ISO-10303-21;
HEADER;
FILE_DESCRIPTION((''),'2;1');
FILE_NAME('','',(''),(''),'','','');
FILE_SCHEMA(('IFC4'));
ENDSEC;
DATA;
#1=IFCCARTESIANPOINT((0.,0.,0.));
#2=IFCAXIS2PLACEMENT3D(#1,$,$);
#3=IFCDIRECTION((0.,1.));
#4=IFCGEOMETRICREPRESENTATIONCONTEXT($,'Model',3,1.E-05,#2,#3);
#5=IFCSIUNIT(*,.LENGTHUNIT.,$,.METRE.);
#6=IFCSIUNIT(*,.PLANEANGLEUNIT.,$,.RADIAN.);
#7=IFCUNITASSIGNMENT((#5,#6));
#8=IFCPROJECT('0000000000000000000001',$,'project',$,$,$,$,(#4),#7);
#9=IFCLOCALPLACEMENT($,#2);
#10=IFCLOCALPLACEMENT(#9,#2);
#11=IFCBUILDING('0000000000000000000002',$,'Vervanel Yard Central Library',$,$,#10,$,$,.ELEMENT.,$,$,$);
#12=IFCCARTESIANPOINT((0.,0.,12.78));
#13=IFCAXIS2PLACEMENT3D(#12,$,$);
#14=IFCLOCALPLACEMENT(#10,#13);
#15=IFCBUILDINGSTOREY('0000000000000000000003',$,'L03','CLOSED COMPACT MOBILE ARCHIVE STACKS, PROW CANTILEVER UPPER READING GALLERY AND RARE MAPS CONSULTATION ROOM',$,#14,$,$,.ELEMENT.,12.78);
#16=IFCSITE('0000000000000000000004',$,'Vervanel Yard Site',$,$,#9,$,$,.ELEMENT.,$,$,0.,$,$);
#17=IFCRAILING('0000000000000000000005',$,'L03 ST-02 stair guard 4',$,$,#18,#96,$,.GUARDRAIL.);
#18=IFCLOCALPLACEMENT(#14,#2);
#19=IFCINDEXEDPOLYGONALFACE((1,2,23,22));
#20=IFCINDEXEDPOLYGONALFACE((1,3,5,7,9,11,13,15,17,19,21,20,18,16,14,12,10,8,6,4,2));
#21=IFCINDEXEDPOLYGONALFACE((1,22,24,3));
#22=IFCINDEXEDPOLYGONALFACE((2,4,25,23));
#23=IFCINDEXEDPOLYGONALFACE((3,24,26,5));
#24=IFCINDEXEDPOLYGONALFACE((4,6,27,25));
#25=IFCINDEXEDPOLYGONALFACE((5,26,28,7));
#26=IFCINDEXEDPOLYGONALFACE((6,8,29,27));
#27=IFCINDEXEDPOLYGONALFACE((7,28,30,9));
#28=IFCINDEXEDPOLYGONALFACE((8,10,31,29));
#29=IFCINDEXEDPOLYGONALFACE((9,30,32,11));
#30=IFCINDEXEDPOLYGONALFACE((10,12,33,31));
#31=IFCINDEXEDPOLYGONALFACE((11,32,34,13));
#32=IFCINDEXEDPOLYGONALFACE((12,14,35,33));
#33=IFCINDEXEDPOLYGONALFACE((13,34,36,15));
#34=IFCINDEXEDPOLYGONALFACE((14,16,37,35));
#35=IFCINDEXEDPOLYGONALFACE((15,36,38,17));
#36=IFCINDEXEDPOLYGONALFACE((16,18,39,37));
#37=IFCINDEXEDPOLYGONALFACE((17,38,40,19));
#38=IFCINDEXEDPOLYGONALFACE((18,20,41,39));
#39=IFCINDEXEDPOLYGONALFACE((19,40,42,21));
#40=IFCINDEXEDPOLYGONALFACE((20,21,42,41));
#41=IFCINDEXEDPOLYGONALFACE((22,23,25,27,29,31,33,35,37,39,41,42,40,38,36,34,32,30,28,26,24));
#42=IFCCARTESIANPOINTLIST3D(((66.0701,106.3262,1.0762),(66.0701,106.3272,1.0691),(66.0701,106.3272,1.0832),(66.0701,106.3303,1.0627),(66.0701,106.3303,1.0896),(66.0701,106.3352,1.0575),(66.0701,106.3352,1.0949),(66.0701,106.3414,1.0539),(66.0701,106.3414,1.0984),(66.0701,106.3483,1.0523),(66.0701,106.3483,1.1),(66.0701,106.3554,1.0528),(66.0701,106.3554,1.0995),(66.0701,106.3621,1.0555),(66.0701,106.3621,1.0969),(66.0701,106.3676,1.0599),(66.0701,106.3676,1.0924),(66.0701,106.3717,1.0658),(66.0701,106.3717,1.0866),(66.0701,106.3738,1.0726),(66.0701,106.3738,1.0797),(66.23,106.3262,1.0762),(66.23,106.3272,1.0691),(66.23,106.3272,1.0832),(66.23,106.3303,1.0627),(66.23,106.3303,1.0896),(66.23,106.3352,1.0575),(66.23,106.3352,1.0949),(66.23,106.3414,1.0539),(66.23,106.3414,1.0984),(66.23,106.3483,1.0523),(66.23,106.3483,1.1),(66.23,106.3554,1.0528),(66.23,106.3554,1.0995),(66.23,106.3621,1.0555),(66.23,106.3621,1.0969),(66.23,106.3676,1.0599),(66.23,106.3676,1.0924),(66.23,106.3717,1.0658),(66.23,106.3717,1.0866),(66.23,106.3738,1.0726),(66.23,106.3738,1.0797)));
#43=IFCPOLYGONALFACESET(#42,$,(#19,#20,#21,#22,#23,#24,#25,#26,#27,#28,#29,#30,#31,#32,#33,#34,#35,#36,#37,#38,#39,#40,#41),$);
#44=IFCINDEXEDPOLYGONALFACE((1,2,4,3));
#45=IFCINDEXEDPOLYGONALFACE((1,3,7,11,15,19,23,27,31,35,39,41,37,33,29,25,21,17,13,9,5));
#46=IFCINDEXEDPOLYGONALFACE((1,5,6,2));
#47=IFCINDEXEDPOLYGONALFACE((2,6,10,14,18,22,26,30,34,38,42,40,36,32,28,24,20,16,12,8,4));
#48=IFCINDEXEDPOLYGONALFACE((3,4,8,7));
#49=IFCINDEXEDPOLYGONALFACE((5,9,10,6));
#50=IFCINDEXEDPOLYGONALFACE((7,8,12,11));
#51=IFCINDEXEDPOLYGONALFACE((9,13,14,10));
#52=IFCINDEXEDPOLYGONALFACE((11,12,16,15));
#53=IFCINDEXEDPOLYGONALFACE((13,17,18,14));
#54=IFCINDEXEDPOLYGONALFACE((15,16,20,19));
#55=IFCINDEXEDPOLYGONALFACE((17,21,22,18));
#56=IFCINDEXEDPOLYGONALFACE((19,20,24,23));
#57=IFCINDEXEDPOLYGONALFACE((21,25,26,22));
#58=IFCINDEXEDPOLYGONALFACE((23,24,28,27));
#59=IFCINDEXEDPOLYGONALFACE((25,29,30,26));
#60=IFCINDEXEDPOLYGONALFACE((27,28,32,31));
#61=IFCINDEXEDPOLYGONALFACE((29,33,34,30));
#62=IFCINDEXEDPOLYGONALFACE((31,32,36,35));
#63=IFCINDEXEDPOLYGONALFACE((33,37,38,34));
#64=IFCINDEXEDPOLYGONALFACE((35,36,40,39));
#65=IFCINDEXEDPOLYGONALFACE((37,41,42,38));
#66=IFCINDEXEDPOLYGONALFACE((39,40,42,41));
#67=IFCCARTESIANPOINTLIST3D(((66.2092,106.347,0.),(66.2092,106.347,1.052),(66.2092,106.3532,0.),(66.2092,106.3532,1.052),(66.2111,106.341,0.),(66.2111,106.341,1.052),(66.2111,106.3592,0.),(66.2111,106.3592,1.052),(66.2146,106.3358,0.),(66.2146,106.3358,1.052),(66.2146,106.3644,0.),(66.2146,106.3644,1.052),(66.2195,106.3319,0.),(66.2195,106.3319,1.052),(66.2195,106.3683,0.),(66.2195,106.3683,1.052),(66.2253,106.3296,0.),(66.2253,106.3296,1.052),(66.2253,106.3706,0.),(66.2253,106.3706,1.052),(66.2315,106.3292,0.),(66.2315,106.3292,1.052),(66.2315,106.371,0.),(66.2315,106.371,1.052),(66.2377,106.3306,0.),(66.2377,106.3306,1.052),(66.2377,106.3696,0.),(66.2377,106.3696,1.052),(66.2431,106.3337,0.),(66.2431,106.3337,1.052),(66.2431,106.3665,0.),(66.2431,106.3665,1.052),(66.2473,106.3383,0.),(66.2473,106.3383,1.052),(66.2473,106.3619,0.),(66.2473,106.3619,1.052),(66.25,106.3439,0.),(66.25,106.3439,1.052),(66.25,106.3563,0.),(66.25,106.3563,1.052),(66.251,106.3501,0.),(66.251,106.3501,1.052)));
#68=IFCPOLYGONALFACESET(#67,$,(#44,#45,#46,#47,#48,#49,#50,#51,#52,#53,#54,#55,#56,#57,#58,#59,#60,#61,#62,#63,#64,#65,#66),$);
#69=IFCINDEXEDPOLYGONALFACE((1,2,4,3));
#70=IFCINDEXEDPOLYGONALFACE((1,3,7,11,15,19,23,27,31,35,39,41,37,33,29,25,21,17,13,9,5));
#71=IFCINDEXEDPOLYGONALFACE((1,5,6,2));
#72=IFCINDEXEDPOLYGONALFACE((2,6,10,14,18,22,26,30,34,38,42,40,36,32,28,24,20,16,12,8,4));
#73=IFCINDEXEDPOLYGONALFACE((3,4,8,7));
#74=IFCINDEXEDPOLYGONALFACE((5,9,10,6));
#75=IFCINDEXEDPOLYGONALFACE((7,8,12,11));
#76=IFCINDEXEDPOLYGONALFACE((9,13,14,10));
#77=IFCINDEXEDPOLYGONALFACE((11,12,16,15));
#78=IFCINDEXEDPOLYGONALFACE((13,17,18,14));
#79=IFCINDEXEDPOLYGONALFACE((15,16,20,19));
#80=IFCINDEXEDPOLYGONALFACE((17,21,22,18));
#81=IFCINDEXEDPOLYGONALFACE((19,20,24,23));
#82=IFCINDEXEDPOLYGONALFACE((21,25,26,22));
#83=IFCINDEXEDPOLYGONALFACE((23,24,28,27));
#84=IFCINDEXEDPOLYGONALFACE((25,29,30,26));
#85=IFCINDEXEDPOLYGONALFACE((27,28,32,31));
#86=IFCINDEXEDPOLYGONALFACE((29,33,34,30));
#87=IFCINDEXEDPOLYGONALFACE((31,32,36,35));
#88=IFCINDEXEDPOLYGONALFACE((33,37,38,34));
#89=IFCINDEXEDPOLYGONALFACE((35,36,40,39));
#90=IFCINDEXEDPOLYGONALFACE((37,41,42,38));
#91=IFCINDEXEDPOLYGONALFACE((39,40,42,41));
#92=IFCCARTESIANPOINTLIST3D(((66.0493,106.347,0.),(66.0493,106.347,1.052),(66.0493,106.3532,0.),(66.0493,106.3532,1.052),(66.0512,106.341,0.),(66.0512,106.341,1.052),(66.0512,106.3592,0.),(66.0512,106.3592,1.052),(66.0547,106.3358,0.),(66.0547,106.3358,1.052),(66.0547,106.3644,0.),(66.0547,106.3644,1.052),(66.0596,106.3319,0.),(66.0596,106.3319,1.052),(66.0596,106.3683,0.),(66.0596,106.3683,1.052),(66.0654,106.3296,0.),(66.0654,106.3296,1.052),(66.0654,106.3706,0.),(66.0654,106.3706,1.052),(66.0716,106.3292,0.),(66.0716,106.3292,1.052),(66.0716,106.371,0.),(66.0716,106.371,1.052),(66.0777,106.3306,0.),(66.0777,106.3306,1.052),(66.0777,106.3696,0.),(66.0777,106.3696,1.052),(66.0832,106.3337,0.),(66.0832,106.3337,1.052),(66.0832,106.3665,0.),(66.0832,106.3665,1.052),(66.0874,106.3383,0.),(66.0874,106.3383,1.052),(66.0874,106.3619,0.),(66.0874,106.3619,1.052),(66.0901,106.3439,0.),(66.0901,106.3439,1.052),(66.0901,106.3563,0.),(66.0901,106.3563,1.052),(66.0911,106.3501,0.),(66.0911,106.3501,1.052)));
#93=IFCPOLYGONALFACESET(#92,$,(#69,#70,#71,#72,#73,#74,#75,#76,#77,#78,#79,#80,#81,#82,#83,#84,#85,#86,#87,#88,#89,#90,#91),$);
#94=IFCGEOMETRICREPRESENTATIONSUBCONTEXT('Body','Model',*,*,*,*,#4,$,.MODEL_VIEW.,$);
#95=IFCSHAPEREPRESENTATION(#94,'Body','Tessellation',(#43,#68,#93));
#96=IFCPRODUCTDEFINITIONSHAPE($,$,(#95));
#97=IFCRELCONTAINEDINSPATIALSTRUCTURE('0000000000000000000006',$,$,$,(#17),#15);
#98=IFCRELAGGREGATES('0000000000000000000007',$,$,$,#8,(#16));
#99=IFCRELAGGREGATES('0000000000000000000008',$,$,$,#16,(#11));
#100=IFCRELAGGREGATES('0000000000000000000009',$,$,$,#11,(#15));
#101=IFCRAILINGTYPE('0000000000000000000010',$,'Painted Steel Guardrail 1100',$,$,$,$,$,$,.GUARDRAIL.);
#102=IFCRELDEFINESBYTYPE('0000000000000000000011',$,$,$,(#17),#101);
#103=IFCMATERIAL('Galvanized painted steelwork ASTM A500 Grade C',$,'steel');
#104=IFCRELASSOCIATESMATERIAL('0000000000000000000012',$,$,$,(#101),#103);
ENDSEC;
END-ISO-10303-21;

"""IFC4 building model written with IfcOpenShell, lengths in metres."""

from ifc_helpers import new_model, si_unit, direction, frame, origin, origin_2d, place, context, subcontext, project, spatial, circle, extrude, material, type_object, element, save


model = new_model("IFC4")

# Units and contexts
model_context = context("Model", 3, precision=1e-05, world=origin(), true_north=direction((0.0, 1.0)))
body_context = subcontext(model_context, "Body", "Model", "MODEL_VIEW")
ifc_project = project(units=[si_unit("LENGTHUNIT", "METRE"), si_unit("PLANEANGLEUNIT", "RADIAN")], contexts=[model_context])

# Site, building, storey
site_placement = place(None, origin())
site = spatial("IfcSite", under=ifc_project, at=site_placement, Name="Vervanel Yard Site", CompositionType="ELEMENT", RefElevation=0.0)
building_placement = place(site_placement, origin())
building = spatial("IfcBuilding", under=site, at=building_placement, Name="Vervanel Yard Central Library", CompositionType="ELEMENT")
storey_placement = place(building_placement, frame((0.0, 0.0, 12.78)))
storey = spatial("IfcBuildingStorey", under=building, at=storey_placement, Name="L03", Description="CLOSED COMPACT MOBILE ARCHIVE STACKS, PROW CANTILEVER UPPER READING GALLERY AND RARE MAPS CONSULTATION ROOM", CompositionType="ELEMENT", Elevation=12.78)

# Shared definitions
ifc_material_1 = material(Name="Galvanized painted steelwork ASTM A500 Grade C", Category="steel")

# Railing
railing_type_1 = type_object("IfcRailingType", Name="Painted Steel Guardrail 1100", PredefinedType="GUARDRAIL", material=ifc_material_1)
railing_1_placement = place(storey_placement, frame((66.23, 106.3501, 0.0)))
element("IfcRailing", 1, at=railing_1_placement, inside=storey, type_object=railing_type_1, Name="L03 ST-02 stair guard 4", PredefinedType="GUARDRAIL", context=body_context, shape_type="SweptSolid", body=[
    extrude(circle(Radius=0.0239, at=origin_2d()), frame((0.0, 0.0, 1.0762), z_axis=(-1.0, 0.0, 0.0), x_axis=(0.0, -1.0, 0.0)), (0.0, 0.0, 1.0), 0.1599),
    extrude(circle(Radius=0.021, at=origin_2d()), origin(), (0.0, 0.0, 1.0), 1.052),
    extrude(circle(Radius=0.021, at=origin_2d()), frame((-0.1599, 0.0, 0.0)), (0.0, 0.0, 1.0), 1.052),
])

save(model, "model.ifc")
